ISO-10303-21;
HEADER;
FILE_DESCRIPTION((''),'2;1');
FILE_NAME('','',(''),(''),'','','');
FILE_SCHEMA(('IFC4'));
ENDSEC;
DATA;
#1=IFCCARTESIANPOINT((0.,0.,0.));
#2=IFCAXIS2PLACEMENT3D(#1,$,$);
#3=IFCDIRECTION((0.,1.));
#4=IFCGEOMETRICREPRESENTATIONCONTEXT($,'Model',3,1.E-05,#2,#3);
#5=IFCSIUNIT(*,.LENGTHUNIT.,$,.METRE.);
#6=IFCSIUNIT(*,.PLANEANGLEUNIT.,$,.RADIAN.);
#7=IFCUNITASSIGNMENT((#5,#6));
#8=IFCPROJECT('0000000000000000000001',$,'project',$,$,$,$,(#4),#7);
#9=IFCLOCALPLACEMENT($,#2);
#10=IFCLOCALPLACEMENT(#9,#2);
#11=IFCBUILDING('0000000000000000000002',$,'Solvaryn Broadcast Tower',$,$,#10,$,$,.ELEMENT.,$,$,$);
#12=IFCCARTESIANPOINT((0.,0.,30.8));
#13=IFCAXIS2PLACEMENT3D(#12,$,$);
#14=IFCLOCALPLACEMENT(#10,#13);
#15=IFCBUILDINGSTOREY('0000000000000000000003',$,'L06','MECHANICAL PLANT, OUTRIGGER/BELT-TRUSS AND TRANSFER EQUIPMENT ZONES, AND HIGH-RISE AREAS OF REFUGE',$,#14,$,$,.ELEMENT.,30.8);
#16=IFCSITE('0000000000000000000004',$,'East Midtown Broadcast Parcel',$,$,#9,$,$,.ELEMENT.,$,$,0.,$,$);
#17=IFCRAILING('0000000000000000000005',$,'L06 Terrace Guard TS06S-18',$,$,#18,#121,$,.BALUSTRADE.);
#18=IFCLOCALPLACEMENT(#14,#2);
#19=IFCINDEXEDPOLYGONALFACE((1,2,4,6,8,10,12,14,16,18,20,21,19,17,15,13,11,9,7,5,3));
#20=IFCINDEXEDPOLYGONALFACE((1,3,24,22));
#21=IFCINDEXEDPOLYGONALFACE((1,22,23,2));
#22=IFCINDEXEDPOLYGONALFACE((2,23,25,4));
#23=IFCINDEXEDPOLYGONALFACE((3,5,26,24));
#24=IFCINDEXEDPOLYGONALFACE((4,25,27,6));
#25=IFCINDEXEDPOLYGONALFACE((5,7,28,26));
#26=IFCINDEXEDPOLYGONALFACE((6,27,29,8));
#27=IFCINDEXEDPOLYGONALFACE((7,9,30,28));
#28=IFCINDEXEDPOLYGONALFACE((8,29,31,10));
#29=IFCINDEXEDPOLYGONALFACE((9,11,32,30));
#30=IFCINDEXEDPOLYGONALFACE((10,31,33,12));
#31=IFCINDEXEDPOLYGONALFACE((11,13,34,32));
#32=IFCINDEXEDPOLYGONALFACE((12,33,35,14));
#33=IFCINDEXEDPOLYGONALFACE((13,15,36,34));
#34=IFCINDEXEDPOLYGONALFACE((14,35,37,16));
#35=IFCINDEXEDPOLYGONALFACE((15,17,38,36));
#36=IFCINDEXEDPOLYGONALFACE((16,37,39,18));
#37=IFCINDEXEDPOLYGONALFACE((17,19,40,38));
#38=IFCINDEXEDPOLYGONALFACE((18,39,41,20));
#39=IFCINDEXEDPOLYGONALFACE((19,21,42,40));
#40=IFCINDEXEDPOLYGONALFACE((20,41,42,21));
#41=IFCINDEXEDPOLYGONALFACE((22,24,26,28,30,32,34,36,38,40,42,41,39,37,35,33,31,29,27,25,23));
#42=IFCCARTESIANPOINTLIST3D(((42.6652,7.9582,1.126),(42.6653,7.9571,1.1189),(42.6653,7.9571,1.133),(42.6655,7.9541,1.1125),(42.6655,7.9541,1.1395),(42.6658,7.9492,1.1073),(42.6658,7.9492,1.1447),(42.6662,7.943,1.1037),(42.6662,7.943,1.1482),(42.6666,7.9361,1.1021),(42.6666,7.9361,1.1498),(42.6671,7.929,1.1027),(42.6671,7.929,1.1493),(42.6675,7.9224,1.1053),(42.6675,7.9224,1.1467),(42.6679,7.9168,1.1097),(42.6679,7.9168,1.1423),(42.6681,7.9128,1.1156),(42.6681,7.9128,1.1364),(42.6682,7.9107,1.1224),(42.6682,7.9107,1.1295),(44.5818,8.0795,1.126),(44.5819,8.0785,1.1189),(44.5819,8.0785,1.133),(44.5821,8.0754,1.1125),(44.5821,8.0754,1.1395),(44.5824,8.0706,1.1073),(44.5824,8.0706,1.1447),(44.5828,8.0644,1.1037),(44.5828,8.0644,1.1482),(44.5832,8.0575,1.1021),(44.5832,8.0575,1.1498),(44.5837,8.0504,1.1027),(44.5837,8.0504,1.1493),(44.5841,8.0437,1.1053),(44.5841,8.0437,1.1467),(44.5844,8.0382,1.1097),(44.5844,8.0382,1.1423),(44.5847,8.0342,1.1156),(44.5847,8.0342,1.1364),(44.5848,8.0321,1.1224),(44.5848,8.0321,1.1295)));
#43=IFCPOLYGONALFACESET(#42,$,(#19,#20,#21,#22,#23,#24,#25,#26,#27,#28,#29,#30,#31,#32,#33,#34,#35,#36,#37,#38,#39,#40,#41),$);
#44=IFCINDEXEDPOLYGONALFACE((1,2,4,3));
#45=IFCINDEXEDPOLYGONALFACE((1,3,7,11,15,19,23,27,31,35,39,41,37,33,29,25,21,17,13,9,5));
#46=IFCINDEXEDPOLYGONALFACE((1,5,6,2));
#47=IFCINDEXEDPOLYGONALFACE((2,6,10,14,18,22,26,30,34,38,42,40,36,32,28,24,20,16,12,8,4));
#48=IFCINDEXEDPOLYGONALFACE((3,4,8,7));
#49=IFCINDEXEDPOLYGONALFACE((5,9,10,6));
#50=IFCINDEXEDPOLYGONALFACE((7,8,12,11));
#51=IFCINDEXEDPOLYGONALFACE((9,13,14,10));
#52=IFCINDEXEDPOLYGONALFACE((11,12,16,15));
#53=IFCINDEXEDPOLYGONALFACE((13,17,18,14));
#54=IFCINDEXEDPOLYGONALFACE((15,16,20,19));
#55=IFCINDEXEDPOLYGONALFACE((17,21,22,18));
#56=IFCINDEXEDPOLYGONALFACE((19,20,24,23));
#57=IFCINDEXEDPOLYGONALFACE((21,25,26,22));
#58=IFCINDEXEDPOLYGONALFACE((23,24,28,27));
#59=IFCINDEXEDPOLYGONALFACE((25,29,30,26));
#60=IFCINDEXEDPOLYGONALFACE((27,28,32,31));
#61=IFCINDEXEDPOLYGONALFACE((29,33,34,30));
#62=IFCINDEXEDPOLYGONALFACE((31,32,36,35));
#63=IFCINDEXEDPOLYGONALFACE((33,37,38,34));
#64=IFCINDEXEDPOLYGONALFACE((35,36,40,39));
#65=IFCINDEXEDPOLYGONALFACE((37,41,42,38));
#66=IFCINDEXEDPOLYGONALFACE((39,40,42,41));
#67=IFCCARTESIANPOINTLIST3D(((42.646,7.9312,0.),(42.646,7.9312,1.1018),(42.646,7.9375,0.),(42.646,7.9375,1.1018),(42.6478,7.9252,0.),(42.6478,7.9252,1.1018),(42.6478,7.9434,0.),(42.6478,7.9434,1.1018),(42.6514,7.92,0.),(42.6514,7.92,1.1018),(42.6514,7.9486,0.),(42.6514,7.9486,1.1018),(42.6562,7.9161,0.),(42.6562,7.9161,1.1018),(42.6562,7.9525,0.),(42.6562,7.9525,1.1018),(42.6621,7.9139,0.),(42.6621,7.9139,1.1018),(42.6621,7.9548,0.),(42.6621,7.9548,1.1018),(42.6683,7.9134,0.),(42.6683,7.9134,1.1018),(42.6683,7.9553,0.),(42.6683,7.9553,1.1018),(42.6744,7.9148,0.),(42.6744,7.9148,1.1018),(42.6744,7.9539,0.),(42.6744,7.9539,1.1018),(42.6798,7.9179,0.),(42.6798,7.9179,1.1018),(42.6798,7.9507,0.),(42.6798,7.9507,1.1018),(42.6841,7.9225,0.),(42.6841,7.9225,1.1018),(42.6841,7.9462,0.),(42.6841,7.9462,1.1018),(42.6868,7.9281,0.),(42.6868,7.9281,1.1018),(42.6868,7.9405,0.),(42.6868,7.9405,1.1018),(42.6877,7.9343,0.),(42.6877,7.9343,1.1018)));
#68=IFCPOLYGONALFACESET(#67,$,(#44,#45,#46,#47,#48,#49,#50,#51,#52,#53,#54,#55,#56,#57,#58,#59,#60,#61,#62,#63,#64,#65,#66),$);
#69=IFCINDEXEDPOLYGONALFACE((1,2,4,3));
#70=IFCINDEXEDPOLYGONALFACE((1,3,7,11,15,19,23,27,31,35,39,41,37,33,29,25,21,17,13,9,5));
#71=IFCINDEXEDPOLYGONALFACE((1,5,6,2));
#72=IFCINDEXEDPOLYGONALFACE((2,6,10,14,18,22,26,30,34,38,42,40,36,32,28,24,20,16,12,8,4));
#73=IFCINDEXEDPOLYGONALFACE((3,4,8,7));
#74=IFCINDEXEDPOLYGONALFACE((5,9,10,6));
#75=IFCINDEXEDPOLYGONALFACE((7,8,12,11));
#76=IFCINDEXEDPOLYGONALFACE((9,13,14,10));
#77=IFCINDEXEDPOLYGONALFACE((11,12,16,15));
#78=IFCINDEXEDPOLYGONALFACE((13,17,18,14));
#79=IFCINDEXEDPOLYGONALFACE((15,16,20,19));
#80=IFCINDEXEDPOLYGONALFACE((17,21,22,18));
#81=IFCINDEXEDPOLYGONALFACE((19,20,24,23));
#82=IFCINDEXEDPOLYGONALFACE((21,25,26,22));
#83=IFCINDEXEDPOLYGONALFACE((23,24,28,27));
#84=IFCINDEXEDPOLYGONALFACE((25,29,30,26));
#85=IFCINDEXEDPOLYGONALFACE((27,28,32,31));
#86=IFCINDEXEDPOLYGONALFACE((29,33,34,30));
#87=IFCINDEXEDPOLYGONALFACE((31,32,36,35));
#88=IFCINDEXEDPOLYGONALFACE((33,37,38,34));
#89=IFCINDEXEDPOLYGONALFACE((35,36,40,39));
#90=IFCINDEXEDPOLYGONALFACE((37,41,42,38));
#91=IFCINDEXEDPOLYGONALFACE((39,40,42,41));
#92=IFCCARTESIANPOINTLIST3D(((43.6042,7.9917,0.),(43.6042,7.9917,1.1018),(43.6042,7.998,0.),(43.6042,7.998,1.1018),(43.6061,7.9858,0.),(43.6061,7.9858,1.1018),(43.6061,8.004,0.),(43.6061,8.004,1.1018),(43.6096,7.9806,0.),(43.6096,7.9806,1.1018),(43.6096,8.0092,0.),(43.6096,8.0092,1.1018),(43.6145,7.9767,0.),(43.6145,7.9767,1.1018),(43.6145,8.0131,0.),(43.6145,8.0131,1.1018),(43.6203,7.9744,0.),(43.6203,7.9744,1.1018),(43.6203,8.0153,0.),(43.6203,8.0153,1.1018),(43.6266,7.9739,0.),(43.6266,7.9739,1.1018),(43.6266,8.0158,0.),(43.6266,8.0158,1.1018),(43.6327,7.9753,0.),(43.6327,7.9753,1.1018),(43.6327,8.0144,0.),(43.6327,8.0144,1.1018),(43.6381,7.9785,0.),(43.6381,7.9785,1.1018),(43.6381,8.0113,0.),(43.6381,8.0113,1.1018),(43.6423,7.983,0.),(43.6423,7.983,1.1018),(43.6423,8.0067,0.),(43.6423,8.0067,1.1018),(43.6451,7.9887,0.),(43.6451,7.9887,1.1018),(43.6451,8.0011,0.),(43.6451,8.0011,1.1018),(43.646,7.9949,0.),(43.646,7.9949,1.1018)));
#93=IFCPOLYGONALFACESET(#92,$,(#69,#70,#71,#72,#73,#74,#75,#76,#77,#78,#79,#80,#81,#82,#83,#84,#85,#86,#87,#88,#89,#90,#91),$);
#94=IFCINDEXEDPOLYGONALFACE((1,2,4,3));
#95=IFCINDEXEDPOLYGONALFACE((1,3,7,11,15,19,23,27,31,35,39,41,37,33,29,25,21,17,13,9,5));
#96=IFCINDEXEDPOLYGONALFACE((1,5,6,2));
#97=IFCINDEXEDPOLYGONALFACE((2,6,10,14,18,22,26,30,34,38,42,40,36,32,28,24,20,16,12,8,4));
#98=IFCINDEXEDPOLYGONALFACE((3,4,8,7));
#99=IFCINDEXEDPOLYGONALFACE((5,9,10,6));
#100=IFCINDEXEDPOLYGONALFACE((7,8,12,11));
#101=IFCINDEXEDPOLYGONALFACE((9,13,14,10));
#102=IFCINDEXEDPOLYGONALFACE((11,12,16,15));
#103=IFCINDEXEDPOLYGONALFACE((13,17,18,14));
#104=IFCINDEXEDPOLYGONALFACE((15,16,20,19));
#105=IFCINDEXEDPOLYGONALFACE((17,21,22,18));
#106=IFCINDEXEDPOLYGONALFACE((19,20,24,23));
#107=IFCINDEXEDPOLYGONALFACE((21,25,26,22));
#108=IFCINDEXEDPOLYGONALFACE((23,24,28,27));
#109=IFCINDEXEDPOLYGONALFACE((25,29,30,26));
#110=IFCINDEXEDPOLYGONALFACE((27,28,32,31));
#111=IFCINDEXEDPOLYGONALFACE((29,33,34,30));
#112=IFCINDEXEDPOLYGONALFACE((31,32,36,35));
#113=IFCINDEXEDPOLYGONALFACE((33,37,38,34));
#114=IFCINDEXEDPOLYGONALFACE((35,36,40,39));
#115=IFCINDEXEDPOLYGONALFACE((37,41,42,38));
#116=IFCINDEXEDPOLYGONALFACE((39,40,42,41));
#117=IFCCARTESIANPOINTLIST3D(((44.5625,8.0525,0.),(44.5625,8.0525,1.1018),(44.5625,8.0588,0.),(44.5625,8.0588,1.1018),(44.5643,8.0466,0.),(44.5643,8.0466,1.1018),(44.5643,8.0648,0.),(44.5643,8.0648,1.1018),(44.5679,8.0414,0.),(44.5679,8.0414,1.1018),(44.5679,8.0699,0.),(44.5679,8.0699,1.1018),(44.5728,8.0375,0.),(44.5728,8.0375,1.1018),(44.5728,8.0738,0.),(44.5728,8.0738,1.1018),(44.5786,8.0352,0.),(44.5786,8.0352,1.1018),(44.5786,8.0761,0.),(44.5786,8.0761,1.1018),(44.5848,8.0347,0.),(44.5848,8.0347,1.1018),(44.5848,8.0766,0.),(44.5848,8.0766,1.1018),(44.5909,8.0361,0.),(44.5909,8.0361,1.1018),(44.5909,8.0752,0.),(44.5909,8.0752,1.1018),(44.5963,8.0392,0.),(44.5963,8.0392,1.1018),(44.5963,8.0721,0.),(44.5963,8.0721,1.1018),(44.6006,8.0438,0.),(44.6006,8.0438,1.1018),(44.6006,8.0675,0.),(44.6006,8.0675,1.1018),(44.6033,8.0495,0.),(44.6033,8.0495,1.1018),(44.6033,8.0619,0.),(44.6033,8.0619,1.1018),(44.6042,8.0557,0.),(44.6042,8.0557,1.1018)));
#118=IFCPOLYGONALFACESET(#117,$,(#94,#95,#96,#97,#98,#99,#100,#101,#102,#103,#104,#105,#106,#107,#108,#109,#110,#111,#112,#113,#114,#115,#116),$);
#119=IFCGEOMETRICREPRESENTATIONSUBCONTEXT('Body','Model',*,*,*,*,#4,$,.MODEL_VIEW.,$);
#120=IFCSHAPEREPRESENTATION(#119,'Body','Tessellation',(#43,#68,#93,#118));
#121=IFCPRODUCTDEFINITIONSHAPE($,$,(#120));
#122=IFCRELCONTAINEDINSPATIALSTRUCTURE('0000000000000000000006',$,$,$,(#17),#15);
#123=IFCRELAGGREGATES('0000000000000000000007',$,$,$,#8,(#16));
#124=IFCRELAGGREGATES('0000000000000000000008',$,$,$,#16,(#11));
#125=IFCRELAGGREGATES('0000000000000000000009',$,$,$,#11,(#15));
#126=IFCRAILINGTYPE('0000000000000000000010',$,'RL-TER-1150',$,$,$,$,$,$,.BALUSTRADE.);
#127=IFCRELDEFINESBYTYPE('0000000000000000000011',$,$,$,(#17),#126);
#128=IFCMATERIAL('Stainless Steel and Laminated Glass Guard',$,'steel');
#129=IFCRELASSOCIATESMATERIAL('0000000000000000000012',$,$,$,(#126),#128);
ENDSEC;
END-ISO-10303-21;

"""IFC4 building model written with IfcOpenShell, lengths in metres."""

from ifc_helpers import new_model, si_unit, direction, frame, origin, origin_2d, place, context, subcontext, project, spatial, circle, extrude, material, type_object, element, save


model = new_model("IFC4")

# Units and contexts
model_context = context("Model", 3, precision=1e-05, world=origin(), true_north=direction((0.0, 1.0)))
body_context = subcontext(model_context, "Body", "Model", "MODEL_VIEW")
ifc_project = project(units=[si_unit("LENGTHUNIT", "METRE"), si_unit("PLANEANGLEUNIT", "RADIAN")], contexts=[model_context])

# Site, building, storey
site_placement = place(None, origin())
site = spatial("IfcSite", under=ifc_project, at=site_placement, Name="East Midtown Broadcast Parcel", CompositionType="ELEMENT", RefElevation=0.0)
building_placement = place(site_placement, origin())
building = spatial("IfcBuilding", under=site, at=building_placement, Name="Solvaryn Broadcast Tower", CompositionType="ELEMENT")
storey_placement = place(building_placement, frame((0.0, 0.0, 30.8)))
storey = spatial("IfcBuildingStorey", under=building, at=storey_placement, Name="L06", Description="MECHANICAL PLANT, OUTRIGGER/BELT-TRUSS AND TRANSFER EQUIPMENT ZONES, AND HIGH-RISE AREAS OF REFUGE", CompositionType="ELEMENT", Elevation=30.8)

# Railing
ifc_material_1 = material(Name="Stainless Steel and Laminated Glass Guard", Category="steel")
railing_type = type_object("IfcRailingType", Name="RL-TER-1150", PredefinedType="BALUSTRADE", material=ifc_material_1)
railing_1_placement = place(storey_placement, frame((42.6667, 7.9343, 0.0)))
element("IfcRailing", 1, at=railing_1_placement, inside=storey, type_object=railing_type, Name="L06 Terrace Guard TS06S-18", PredefinedType="BALUSTRADE", context=body_context, shape_type="SweptSolid", body=[
    extrude(circle(Radius=0.0239, at=origin_2d()), frame((0.0, 0.0, 1.126), z_axis=(0.998002, 0.063186, 0.0), x_axis=(-0.063186, 0.998002, 0.0)), (0.0, 0.0, 1.0), 1.9204),
    extrude(circle(Radius=0.021, at=origin_2d()), origin(), (0.0, 0.0, 1.0), 1.1018),
    extrude(circle(Radius=0.021, at=origin_2d()), frame((0.9583, 0.0605, 0.0)), (0.0, 0.0, 1.0), 1.1018),
    extrude(circle(Radius=0.021, at=origin_2d()), frame((1.9165, 0.1213, 0.0)), (0.0, 0.0, 1.0), 1.1018),
])

save(model, "model.ifc")
